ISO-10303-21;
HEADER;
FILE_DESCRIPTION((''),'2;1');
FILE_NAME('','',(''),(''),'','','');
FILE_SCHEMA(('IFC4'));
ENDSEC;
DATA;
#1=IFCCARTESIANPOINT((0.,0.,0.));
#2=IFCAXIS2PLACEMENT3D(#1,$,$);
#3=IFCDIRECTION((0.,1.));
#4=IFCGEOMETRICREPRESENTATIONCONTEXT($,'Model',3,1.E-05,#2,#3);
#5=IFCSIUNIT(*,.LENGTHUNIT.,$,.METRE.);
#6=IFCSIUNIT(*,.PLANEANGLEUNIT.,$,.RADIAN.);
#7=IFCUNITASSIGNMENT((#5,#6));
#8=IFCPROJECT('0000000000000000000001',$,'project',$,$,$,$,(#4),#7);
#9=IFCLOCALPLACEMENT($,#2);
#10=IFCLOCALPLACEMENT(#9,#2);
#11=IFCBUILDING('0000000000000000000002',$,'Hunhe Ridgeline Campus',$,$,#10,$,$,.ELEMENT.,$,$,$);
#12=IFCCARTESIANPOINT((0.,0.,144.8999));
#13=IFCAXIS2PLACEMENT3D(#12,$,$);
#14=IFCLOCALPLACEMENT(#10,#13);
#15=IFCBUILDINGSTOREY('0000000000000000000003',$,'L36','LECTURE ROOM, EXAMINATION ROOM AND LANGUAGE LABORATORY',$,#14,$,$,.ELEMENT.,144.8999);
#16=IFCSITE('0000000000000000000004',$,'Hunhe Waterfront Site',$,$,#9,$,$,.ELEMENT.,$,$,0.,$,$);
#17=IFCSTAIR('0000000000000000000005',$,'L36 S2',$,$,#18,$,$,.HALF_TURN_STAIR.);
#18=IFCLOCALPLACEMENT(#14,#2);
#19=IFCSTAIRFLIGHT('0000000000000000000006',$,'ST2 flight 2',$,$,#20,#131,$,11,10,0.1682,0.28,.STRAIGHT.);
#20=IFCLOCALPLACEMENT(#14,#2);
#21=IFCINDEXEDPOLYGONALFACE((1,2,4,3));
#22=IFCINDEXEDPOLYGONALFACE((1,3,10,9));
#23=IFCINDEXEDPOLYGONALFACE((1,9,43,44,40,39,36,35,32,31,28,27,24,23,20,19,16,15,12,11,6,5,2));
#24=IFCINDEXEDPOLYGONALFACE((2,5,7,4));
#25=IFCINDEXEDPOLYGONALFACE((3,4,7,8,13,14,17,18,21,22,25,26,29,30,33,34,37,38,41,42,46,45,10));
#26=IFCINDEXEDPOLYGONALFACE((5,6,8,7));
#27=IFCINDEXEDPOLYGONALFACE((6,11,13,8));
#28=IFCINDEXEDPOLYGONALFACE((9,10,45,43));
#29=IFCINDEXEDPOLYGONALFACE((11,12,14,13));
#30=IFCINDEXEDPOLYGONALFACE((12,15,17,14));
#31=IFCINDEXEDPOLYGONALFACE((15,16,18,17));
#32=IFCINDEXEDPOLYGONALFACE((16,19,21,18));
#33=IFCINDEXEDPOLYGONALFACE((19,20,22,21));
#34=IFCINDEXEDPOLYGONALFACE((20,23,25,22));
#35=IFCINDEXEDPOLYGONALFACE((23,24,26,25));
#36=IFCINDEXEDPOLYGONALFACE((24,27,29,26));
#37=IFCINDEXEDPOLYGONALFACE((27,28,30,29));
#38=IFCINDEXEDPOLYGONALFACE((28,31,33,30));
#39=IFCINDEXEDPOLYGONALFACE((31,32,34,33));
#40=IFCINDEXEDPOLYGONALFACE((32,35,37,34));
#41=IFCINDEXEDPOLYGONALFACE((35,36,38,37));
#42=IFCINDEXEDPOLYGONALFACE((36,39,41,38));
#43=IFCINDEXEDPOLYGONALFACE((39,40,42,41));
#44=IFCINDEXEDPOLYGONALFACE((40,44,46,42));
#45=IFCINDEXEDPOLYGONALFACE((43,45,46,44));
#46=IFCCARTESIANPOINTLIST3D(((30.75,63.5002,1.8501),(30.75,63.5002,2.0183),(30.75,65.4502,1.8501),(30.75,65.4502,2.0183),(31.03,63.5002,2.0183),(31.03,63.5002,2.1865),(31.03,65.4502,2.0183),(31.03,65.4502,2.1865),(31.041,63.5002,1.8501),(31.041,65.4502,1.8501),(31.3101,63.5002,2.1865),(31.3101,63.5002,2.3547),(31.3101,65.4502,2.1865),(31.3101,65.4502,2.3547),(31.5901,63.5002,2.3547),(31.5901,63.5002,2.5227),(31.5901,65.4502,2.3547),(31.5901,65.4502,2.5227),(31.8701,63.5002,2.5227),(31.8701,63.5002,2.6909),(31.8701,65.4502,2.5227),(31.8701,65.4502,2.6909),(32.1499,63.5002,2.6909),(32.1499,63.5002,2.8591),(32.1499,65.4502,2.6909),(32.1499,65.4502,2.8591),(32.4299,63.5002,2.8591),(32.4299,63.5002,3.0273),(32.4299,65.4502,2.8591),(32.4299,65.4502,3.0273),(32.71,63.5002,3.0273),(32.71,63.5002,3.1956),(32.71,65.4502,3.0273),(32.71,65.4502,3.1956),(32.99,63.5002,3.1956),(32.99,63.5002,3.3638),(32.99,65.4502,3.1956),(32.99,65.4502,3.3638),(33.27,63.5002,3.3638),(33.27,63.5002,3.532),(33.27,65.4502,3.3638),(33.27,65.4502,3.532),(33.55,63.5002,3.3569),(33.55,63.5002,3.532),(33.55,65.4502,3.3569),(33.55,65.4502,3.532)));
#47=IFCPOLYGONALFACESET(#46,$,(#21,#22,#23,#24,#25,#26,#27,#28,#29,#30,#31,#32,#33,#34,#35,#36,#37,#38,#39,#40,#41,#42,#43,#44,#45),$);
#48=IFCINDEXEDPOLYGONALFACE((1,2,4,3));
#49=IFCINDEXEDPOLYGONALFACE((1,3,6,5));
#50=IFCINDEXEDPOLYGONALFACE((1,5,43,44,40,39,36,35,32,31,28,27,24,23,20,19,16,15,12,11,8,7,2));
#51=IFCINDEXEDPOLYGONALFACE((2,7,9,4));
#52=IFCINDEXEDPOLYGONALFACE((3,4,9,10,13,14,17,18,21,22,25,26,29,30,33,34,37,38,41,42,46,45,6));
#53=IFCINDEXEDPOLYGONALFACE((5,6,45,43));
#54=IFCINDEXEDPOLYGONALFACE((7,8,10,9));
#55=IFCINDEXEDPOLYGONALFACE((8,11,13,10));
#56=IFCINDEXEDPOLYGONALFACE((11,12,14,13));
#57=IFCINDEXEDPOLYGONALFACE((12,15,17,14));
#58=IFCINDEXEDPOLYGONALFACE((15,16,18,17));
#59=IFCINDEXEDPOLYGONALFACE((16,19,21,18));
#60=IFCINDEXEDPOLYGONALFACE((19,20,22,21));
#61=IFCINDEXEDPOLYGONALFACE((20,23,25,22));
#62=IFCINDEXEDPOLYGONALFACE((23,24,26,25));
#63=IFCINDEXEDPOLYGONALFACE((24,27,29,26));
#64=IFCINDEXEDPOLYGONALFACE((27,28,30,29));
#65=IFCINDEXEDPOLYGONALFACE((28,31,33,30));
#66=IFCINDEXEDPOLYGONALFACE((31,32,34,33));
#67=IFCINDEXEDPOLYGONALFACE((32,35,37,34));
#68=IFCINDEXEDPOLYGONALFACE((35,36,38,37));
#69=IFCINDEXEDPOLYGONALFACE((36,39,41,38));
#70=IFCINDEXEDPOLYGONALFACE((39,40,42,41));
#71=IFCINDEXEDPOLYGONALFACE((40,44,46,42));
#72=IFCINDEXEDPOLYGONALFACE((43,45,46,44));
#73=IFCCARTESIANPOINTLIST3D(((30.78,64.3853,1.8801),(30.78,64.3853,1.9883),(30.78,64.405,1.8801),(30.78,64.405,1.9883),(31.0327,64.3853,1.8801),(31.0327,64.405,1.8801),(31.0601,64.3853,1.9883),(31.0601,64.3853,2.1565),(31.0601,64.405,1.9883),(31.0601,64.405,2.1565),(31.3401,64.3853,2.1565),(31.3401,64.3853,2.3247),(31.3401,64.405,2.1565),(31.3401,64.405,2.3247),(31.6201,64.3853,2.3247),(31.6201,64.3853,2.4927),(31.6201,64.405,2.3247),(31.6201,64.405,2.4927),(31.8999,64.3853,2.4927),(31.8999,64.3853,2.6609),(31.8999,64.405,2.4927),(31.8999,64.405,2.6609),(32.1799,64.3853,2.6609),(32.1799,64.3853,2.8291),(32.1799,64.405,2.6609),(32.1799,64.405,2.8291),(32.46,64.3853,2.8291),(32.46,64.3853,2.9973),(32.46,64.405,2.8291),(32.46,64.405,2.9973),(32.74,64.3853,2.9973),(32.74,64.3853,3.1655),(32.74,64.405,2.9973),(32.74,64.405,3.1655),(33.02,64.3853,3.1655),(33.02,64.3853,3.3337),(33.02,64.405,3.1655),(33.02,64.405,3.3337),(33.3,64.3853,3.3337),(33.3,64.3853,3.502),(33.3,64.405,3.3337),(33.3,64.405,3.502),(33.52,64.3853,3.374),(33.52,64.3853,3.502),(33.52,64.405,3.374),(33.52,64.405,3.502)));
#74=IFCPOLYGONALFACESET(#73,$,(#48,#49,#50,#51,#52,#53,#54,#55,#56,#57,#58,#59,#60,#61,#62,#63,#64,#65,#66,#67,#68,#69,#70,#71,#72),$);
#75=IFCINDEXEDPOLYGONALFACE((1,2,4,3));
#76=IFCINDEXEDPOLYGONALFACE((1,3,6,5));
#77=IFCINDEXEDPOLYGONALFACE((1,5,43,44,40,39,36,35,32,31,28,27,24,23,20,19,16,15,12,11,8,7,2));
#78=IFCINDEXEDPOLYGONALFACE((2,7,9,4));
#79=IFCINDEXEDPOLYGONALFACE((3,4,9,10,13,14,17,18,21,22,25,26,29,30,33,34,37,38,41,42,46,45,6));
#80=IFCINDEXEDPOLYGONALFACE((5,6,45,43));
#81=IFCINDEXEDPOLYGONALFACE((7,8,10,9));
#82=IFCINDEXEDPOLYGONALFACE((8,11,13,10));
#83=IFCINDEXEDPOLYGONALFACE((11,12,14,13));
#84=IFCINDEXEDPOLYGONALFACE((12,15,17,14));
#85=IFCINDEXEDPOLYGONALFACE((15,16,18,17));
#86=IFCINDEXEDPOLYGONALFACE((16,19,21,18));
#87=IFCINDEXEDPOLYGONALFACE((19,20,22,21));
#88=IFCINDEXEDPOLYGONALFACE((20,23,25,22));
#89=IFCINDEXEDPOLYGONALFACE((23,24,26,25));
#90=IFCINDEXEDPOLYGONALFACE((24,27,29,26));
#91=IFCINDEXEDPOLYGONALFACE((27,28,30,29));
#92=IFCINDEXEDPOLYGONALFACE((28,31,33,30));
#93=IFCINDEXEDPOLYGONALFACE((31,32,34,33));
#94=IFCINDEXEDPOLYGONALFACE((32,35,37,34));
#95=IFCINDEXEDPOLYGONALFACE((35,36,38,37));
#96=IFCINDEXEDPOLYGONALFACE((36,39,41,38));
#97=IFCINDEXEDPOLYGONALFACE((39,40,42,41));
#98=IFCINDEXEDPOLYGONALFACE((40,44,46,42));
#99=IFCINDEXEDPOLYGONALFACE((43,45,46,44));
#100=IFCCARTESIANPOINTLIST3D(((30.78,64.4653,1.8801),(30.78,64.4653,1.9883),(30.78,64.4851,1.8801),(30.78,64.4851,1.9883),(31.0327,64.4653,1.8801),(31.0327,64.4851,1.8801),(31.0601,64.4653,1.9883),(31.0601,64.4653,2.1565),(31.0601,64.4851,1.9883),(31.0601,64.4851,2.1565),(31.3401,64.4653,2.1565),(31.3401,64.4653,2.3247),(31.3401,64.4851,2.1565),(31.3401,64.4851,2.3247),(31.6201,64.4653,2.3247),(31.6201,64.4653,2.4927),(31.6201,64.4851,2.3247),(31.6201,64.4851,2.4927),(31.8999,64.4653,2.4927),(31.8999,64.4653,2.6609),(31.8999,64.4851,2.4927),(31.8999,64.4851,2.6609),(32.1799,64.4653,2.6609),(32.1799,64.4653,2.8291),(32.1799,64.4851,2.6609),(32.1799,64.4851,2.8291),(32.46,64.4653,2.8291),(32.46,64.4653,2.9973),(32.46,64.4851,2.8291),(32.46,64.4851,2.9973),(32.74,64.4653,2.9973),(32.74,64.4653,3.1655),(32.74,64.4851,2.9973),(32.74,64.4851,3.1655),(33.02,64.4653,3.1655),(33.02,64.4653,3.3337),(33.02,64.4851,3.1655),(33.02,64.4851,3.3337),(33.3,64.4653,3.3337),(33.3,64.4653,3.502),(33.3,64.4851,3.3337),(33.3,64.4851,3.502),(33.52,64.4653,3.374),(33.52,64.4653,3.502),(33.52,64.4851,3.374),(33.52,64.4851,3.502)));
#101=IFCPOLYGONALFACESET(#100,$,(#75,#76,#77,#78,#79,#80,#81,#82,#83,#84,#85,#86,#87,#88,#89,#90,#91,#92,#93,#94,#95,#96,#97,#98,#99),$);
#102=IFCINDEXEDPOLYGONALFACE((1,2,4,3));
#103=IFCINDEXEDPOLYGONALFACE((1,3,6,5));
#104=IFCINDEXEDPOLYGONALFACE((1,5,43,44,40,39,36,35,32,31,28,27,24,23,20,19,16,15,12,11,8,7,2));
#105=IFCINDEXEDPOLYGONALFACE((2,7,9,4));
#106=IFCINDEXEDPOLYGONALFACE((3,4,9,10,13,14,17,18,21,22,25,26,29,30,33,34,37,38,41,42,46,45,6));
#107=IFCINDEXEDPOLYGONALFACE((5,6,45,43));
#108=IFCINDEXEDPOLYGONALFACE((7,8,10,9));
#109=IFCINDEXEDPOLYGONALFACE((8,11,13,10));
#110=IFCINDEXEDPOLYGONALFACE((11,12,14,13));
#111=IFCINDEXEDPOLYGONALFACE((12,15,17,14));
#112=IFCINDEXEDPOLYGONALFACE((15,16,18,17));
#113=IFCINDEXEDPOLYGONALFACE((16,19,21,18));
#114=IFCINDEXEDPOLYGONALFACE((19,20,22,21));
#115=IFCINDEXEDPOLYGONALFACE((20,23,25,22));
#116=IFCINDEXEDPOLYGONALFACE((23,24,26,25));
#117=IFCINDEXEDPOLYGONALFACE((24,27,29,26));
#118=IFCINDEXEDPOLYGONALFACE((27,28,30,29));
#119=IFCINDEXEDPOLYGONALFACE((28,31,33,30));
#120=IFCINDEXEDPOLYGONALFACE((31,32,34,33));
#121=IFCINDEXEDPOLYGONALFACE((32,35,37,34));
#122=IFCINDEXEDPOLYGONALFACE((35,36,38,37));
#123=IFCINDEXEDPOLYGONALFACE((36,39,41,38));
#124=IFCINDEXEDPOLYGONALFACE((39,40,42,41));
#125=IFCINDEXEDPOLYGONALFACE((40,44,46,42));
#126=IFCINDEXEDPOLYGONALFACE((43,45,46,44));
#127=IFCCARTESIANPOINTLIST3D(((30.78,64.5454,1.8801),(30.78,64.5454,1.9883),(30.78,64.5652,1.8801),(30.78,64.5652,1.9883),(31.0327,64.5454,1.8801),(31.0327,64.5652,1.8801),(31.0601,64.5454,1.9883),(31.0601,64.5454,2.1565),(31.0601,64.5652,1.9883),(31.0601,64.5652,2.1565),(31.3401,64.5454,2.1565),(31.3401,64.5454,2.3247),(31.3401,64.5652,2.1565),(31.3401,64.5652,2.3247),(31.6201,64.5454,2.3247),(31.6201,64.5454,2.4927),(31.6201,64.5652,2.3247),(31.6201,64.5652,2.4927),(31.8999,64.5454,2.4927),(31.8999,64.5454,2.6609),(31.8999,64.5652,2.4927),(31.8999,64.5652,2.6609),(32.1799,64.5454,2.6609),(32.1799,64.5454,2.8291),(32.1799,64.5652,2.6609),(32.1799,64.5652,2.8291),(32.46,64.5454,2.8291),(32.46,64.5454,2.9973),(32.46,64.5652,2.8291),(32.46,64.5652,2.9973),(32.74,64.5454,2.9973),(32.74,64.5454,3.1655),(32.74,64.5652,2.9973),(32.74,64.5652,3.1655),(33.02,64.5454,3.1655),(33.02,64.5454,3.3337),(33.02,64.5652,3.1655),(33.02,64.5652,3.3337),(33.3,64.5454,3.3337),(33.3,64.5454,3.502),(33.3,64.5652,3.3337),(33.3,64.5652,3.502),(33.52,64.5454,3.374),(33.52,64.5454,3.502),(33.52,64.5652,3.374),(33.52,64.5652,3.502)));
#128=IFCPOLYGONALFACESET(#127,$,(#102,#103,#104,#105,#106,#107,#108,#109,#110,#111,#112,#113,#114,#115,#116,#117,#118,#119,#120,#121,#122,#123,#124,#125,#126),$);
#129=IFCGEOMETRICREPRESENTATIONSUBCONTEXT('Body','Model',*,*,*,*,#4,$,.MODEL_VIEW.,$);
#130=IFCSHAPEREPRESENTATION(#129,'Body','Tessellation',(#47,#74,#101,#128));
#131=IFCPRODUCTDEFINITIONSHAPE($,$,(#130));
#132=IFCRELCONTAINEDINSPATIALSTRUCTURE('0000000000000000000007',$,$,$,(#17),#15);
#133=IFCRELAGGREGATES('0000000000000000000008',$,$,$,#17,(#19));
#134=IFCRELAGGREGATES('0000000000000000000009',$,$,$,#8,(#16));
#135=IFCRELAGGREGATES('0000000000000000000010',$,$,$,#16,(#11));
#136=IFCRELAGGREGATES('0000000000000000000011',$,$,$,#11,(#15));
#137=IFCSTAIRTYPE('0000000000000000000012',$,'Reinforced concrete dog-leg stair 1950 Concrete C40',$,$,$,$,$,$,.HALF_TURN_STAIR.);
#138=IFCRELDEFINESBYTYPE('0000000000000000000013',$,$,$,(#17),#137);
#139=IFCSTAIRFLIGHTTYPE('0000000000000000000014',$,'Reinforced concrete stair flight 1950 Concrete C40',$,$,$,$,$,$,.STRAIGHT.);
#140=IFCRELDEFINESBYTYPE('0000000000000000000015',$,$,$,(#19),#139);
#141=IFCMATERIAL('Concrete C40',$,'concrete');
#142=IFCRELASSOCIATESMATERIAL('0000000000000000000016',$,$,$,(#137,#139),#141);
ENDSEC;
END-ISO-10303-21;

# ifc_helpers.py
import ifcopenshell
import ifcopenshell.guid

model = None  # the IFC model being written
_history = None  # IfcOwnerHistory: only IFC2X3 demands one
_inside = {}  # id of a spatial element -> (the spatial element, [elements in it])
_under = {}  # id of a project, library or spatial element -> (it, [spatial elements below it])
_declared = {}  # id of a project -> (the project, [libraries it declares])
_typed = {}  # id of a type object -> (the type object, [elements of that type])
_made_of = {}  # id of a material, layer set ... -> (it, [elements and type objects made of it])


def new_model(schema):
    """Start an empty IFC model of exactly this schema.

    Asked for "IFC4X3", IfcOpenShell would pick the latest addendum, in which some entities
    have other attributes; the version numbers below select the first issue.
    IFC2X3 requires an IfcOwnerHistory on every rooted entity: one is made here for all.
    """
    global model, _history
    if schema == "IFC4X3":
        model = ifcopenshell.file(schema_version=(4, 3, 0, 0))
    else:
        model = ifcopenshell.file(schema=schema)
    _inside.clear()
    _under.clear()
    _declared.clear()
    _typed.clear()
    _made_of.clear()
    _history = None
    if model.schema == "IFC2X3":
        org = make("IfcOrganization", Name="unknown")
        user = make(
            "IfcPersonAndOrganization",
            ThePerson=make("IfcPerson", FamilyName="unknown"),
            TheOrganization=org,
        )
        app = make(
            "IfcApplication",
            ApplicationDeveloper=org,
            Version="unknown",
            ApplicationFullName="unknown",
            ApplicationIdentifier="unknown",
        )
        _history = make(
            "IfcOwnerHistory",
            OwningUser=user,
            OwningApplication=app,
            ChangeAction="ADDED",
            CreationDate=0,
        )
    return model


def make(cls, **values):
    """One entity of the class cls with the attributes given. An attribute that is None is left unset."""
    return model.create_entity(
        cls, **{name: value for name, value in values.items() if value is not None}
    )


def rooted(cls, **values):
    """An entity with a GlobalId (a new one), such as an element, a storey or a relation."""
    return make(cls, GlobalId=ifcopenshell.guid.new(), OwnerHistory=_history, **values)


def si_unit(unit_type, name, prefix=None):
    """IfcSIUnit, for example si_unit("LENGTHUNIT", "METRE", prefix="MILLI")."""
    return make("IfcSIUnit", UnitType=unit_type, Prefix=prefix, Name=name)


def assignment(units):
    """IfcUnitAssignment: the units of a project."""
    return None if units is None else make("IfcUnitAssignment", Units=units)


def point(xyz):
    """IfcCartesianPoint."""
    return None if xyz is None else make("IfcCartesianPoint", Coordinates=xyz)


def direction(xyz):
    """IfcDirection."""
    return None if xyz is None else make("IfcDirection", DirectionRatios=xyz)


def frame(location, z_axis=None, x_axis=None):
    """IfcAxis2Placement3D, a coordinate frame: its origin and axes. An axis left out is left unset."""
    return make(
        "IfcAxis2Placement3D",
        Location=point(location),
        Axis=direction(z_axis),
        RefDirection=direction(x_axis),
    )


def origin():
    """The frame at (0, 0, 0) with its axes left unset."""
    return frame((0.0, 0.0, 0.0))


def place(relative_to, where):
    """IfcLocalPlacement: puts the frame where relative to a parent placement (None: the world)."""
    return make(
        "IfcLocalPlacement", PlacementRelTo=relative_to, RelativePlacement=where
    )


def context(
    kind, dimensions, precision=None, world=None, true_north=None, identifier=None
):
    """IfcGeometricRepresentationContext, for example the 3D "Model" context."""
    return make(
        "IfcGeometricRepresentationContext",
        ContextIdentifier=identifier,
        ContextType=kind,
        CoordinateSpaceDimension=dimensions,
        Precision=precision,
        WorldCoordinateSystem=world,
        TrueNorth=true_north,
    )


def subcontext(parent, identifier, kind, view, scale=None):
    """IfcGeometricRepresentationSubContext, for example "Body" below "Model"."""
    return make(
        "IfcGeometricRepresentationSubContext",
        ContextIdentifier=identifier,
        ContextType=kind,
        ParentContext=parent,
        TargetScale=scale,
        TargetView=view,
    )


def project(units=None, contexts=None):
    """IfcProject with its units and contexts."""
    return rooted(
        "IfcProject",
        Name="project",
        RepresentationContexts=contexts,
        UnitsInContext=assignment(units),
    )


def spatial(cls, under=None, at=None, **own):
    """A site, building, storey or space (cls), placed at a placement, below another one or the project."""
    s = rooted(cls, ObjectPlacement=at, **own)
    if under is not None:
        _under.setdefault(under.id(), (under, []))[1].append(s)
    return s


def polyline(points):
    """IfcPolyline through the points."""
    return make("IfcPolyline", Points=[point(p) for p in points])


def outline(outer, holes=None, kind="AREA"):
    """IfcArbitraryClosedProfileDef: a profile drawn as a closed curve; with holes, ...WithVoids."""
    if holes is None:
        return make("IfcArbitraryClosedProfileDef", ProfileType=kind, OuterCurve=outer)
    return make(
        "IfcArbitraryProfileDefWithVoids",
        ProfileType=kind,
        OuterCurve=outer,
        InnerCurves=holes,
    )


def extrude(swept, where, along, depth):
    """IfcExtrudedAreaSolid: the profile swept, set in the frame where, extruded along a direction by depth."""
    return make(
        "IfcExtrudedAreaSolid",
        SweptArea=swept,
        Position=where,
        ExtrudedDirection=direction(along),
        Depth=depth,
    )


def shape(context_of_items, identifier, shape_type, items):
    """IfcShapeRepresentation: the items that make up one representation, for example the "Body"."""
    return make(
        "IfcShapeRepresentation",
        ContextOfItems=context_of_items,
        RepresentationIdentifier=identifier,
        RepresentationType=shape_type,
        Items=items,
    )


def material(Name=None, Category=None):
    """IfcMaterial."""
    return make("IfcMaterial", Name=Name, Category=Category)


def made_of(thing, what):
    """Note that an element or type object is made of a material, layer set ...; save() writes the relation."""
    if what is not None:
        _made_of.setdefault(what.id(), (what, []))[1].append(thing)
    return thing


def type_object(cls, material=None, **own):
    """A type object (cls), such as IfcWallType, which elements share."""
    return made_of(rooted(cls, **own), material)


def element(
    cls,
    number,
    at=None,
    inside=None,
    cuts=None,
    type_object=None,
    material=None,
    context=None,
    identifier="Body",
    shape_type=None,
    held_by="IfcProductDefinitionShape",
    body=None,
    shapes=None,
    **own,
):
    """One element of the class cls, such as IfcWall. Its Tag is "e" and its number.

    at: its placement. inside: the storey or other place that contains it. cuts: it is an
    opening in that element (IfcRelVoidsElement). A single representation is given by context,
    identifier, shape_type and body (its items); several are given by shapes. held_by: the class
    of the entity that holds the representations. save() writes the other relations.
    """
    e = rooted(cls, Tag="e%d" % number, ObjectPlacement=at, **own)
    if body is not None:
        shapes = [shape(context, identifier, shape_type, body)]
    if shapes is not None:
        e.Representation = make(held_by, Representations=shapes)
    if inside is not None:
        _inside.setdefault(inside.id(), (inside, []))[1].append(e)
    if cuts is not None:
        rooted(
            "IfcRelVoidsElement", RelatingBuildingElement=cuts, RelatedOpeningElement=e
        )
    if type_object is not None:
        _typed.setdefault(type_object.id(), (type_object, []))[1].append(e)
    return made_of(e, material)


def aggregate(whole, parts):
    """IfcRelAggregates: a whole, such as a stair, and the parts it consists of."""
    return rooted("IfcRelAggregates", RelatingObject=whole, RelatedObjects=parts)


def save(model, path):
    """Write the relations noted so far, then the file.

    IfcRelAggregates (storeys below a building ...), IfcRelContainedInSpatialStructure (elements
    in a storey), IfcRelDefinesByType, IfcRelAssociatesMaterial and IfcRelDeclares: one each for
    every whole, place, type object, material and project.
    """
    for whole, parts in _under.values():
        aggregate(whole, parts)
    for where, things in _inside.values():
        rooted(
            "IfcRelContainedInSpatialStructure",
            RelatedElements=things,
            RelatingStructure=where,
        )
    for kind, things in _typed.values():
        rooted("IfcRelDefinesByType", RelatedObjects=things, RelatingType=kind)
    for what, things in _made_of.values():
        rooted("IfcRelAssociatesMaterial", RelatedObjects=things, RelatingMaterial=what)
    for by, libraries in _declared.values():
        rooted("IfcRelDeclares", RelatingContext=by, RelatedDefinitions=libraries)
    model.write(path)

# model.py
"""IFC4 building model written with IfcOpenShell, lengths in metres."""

from ifc_helpers import new_model, si_unit, direction, frame, origin, place, context, subcontext, project, spatial, polyline, outline, extrude, material, type_object, element, aggregate, save


model = new_model("IFC4")

# Units and contexts
model_context = context("Model", 3, precision=1e-05, world=origin(), true_north=direction((0.0, 1.0)))
body_context = subcontext(model_context, "Body", "Model", "MODEL_VIEW")
ifc_project = project(units=[si_unit("LENGTHUNIT", "METRE"), si_unit("PLANEANGLEUNIT", "RADIAN")], contexts=[model_context])

# Site, building, storey
site_placement = place(None, origin())
site = spatial("IfcSite", under=ifc_project, at=site_placement, Name="Hunhe Waterfront Site", CompositionType="ELEMENT", RefElevation=0.0)
building_placement = place(site_placement, origin())
building = spatial("IfcBuilding", under=site, at=building_placement, Name="Hunhe Ridgeline Campus", CompositionType="ELEMENT")
storey_placement = place(building_placement, frame((0.0, 0.0, 144.8999)))
storey = spatial("IfcBuildingStorey", under=building, at=storey_placement, Name="L36", Description="LECTURE ROOM, EXAMINATION ROOM AND LANGUAGE LABORATORY", CompositionType="ELEMENT", Elevation=144.8999)

# Stair, stair flight
ifc_material_1 = material(Name="Concrete C40", Category="concrete")
stair_type = type_object("IfcStairType", Name="Reinforced concrete dog-leg stair 1950 Concrete C40", PredefinedType="HALF_TURN_STAIR", material=ifc_material_1)
stair_placement = place(storey_placement, origin())
stair = element("IfcStair", 1, at=stair_placement, inside=storey, type_object=stair_type, Name="L36 S2", PredefinedType="HALF_TURN_STAIR")
stair_flight_type = type_object("IfcStairFlightType", Name="Reinforced concrete stair flight 1950 Concrete C40", PredefinedType="STRAIGHT", material=ifc_material_1)
stair_flight_1_placement = place(storey_placement, frame((30.75, 64.4751, 1.8501), z_axis=(0.0, 0.0, 1.0), x_axis=(1.0, 0.0, 0.0)))
stair_flight_1 = element("IfcStairFlight", 2, at=stair_flight_1_placement, type_object=stair_flight_type, Name="ST2 flight 2", NumberOfRisers=11, NumberOfTreads=10, PredefinedType="STRAIGHT", RiserHeight=0.1682, TreadLength=0.28, context=body_context, shape_type="SweptSolid", body=[
    extrude(outline(polyline([(0.0, 0.0), (0.0, 0.1682), (0.28, 0.1682), (0.28, 0.3364), (0.5601, 0.3364), (0.5601, 0.5046), (0.8401, 0.5046), (0.8401, 0.6726), (1.1201, 0.6726), (1.1201, 0.8408), (1.3999, 0.8408), (1.3999, 1.009), (1.6799, 1.009), (1.6799, 1.1772), (1.96, 1.1772), (1.96, 1.3455), (2.24, 1.3455), (2.24, 1.5137), (2.52, 1.5137), (2.52, 1.6819), (2.8, 1.6819), (2.8, 1.8501), (2.8, 1.5068), (0.291, 0.0), (0.0, 0.0)])), frame((0.0, 0.9751, 0.0), z_axis=(0.0, -1.0, 0.0), x_axis=(1.0, 0.0, 0.0)), (0.0, 0.0, 1.0), 1.95),
    extrude(outline(polyline([(0.03, 0.03), (0.03, 0.1382), (0.3101, 0.1382), (0.3101, 0.3064), (0.5901, 0.3064), (0.5901, 0.4746), (0.8701, 0.4746), (0.8701, 0.6426), (1.1499, 0.6426), (1.1499, 0.8108), (1.4299, 0.8108), (1.4299, 0.979), (1.71, 0.979), (1.71, 1.1472), (1.99, 1.1472), (1.99, 1.3154), (2.27, 1.3154), (2.27, 1.4836), (2.55, 1.4836), (2.55, 1.6519), (2.77, 1.6519), (2.77, 1.5239), (0.2827, 0.03), (0.03, 0.03)])), frame((0.0, -0.0701, 0.0), z_axis=(0.0, -1.0, 0.0), x_axis=(1.0, 0.0, 0.0)), (0.0, 0.0, 1.0), 0.0198),
    extrude(outline(polyline([(0.03, 0.03), (0.03, 0.1382), (0.3101, 0.1382), (0.3101, 0.3064), (0.5901, 0.3064), (0.5901, 0.4746), (0.8701, 0.4746), (0.8701, 0.6426), (1.1499, 0.6426), (1.1499, 0.8108), (1.4299, 0.8108), (1.4299, 0.979), (1.71, 0.979), (1.71, 1.1472), (1.99, 1.1472), (1.99, 1.3154), (2.27, 1.3154), (2.27, 1.4836), (2.55, 1.4836), (2.55, 1.6519), (2.77, 1.6519), (2.77, 1.5239), (0.2827, 0.03), (0.03, 0.03)])), frame((0.0, 0.01, 0.0), z_axis=(0.0, -1.0, 0.0), x_axis=(1.0, 0.0, 0.0)), (0.0, 0.0, 1.0), 0.0198),
    extrude(outline(polyline([(0.03, 0.03), (0.03, 0.1382), (0.3101, 0.1382), (0.3101, 0.3064), (0.5901, 0.3064), (0.5901, 0.4746), (0.8701, 0.4746), (0.8701, 0.6426), (1.1499, 0.6426), (1.1499, 0.8108), (1.4299, 0.8108), (1.4299, 0.979), (1.71, 0.979), (1.71, 1.1472), (1.99, 1.1472), (1.99, 1.3154), (2.27, 1.3154), (2.27, 1.4836), (2.55, 1.4836), (2.55, 1.6519), (2.77, 1.6519), (2.77, 1.5239), (0.2827, 0.03), (0.03, 0.03)])), frame((0.0, 0.0901, 0.0), z_axis=(0.0, -1.0, 0.0), x_axis=(1.0, 0.0, 0.0)), (0.0, 0.0, 1.0), 0.0198),
])
aggregate(stair, [stair_flight_1])

save(model, "model.ifc")
